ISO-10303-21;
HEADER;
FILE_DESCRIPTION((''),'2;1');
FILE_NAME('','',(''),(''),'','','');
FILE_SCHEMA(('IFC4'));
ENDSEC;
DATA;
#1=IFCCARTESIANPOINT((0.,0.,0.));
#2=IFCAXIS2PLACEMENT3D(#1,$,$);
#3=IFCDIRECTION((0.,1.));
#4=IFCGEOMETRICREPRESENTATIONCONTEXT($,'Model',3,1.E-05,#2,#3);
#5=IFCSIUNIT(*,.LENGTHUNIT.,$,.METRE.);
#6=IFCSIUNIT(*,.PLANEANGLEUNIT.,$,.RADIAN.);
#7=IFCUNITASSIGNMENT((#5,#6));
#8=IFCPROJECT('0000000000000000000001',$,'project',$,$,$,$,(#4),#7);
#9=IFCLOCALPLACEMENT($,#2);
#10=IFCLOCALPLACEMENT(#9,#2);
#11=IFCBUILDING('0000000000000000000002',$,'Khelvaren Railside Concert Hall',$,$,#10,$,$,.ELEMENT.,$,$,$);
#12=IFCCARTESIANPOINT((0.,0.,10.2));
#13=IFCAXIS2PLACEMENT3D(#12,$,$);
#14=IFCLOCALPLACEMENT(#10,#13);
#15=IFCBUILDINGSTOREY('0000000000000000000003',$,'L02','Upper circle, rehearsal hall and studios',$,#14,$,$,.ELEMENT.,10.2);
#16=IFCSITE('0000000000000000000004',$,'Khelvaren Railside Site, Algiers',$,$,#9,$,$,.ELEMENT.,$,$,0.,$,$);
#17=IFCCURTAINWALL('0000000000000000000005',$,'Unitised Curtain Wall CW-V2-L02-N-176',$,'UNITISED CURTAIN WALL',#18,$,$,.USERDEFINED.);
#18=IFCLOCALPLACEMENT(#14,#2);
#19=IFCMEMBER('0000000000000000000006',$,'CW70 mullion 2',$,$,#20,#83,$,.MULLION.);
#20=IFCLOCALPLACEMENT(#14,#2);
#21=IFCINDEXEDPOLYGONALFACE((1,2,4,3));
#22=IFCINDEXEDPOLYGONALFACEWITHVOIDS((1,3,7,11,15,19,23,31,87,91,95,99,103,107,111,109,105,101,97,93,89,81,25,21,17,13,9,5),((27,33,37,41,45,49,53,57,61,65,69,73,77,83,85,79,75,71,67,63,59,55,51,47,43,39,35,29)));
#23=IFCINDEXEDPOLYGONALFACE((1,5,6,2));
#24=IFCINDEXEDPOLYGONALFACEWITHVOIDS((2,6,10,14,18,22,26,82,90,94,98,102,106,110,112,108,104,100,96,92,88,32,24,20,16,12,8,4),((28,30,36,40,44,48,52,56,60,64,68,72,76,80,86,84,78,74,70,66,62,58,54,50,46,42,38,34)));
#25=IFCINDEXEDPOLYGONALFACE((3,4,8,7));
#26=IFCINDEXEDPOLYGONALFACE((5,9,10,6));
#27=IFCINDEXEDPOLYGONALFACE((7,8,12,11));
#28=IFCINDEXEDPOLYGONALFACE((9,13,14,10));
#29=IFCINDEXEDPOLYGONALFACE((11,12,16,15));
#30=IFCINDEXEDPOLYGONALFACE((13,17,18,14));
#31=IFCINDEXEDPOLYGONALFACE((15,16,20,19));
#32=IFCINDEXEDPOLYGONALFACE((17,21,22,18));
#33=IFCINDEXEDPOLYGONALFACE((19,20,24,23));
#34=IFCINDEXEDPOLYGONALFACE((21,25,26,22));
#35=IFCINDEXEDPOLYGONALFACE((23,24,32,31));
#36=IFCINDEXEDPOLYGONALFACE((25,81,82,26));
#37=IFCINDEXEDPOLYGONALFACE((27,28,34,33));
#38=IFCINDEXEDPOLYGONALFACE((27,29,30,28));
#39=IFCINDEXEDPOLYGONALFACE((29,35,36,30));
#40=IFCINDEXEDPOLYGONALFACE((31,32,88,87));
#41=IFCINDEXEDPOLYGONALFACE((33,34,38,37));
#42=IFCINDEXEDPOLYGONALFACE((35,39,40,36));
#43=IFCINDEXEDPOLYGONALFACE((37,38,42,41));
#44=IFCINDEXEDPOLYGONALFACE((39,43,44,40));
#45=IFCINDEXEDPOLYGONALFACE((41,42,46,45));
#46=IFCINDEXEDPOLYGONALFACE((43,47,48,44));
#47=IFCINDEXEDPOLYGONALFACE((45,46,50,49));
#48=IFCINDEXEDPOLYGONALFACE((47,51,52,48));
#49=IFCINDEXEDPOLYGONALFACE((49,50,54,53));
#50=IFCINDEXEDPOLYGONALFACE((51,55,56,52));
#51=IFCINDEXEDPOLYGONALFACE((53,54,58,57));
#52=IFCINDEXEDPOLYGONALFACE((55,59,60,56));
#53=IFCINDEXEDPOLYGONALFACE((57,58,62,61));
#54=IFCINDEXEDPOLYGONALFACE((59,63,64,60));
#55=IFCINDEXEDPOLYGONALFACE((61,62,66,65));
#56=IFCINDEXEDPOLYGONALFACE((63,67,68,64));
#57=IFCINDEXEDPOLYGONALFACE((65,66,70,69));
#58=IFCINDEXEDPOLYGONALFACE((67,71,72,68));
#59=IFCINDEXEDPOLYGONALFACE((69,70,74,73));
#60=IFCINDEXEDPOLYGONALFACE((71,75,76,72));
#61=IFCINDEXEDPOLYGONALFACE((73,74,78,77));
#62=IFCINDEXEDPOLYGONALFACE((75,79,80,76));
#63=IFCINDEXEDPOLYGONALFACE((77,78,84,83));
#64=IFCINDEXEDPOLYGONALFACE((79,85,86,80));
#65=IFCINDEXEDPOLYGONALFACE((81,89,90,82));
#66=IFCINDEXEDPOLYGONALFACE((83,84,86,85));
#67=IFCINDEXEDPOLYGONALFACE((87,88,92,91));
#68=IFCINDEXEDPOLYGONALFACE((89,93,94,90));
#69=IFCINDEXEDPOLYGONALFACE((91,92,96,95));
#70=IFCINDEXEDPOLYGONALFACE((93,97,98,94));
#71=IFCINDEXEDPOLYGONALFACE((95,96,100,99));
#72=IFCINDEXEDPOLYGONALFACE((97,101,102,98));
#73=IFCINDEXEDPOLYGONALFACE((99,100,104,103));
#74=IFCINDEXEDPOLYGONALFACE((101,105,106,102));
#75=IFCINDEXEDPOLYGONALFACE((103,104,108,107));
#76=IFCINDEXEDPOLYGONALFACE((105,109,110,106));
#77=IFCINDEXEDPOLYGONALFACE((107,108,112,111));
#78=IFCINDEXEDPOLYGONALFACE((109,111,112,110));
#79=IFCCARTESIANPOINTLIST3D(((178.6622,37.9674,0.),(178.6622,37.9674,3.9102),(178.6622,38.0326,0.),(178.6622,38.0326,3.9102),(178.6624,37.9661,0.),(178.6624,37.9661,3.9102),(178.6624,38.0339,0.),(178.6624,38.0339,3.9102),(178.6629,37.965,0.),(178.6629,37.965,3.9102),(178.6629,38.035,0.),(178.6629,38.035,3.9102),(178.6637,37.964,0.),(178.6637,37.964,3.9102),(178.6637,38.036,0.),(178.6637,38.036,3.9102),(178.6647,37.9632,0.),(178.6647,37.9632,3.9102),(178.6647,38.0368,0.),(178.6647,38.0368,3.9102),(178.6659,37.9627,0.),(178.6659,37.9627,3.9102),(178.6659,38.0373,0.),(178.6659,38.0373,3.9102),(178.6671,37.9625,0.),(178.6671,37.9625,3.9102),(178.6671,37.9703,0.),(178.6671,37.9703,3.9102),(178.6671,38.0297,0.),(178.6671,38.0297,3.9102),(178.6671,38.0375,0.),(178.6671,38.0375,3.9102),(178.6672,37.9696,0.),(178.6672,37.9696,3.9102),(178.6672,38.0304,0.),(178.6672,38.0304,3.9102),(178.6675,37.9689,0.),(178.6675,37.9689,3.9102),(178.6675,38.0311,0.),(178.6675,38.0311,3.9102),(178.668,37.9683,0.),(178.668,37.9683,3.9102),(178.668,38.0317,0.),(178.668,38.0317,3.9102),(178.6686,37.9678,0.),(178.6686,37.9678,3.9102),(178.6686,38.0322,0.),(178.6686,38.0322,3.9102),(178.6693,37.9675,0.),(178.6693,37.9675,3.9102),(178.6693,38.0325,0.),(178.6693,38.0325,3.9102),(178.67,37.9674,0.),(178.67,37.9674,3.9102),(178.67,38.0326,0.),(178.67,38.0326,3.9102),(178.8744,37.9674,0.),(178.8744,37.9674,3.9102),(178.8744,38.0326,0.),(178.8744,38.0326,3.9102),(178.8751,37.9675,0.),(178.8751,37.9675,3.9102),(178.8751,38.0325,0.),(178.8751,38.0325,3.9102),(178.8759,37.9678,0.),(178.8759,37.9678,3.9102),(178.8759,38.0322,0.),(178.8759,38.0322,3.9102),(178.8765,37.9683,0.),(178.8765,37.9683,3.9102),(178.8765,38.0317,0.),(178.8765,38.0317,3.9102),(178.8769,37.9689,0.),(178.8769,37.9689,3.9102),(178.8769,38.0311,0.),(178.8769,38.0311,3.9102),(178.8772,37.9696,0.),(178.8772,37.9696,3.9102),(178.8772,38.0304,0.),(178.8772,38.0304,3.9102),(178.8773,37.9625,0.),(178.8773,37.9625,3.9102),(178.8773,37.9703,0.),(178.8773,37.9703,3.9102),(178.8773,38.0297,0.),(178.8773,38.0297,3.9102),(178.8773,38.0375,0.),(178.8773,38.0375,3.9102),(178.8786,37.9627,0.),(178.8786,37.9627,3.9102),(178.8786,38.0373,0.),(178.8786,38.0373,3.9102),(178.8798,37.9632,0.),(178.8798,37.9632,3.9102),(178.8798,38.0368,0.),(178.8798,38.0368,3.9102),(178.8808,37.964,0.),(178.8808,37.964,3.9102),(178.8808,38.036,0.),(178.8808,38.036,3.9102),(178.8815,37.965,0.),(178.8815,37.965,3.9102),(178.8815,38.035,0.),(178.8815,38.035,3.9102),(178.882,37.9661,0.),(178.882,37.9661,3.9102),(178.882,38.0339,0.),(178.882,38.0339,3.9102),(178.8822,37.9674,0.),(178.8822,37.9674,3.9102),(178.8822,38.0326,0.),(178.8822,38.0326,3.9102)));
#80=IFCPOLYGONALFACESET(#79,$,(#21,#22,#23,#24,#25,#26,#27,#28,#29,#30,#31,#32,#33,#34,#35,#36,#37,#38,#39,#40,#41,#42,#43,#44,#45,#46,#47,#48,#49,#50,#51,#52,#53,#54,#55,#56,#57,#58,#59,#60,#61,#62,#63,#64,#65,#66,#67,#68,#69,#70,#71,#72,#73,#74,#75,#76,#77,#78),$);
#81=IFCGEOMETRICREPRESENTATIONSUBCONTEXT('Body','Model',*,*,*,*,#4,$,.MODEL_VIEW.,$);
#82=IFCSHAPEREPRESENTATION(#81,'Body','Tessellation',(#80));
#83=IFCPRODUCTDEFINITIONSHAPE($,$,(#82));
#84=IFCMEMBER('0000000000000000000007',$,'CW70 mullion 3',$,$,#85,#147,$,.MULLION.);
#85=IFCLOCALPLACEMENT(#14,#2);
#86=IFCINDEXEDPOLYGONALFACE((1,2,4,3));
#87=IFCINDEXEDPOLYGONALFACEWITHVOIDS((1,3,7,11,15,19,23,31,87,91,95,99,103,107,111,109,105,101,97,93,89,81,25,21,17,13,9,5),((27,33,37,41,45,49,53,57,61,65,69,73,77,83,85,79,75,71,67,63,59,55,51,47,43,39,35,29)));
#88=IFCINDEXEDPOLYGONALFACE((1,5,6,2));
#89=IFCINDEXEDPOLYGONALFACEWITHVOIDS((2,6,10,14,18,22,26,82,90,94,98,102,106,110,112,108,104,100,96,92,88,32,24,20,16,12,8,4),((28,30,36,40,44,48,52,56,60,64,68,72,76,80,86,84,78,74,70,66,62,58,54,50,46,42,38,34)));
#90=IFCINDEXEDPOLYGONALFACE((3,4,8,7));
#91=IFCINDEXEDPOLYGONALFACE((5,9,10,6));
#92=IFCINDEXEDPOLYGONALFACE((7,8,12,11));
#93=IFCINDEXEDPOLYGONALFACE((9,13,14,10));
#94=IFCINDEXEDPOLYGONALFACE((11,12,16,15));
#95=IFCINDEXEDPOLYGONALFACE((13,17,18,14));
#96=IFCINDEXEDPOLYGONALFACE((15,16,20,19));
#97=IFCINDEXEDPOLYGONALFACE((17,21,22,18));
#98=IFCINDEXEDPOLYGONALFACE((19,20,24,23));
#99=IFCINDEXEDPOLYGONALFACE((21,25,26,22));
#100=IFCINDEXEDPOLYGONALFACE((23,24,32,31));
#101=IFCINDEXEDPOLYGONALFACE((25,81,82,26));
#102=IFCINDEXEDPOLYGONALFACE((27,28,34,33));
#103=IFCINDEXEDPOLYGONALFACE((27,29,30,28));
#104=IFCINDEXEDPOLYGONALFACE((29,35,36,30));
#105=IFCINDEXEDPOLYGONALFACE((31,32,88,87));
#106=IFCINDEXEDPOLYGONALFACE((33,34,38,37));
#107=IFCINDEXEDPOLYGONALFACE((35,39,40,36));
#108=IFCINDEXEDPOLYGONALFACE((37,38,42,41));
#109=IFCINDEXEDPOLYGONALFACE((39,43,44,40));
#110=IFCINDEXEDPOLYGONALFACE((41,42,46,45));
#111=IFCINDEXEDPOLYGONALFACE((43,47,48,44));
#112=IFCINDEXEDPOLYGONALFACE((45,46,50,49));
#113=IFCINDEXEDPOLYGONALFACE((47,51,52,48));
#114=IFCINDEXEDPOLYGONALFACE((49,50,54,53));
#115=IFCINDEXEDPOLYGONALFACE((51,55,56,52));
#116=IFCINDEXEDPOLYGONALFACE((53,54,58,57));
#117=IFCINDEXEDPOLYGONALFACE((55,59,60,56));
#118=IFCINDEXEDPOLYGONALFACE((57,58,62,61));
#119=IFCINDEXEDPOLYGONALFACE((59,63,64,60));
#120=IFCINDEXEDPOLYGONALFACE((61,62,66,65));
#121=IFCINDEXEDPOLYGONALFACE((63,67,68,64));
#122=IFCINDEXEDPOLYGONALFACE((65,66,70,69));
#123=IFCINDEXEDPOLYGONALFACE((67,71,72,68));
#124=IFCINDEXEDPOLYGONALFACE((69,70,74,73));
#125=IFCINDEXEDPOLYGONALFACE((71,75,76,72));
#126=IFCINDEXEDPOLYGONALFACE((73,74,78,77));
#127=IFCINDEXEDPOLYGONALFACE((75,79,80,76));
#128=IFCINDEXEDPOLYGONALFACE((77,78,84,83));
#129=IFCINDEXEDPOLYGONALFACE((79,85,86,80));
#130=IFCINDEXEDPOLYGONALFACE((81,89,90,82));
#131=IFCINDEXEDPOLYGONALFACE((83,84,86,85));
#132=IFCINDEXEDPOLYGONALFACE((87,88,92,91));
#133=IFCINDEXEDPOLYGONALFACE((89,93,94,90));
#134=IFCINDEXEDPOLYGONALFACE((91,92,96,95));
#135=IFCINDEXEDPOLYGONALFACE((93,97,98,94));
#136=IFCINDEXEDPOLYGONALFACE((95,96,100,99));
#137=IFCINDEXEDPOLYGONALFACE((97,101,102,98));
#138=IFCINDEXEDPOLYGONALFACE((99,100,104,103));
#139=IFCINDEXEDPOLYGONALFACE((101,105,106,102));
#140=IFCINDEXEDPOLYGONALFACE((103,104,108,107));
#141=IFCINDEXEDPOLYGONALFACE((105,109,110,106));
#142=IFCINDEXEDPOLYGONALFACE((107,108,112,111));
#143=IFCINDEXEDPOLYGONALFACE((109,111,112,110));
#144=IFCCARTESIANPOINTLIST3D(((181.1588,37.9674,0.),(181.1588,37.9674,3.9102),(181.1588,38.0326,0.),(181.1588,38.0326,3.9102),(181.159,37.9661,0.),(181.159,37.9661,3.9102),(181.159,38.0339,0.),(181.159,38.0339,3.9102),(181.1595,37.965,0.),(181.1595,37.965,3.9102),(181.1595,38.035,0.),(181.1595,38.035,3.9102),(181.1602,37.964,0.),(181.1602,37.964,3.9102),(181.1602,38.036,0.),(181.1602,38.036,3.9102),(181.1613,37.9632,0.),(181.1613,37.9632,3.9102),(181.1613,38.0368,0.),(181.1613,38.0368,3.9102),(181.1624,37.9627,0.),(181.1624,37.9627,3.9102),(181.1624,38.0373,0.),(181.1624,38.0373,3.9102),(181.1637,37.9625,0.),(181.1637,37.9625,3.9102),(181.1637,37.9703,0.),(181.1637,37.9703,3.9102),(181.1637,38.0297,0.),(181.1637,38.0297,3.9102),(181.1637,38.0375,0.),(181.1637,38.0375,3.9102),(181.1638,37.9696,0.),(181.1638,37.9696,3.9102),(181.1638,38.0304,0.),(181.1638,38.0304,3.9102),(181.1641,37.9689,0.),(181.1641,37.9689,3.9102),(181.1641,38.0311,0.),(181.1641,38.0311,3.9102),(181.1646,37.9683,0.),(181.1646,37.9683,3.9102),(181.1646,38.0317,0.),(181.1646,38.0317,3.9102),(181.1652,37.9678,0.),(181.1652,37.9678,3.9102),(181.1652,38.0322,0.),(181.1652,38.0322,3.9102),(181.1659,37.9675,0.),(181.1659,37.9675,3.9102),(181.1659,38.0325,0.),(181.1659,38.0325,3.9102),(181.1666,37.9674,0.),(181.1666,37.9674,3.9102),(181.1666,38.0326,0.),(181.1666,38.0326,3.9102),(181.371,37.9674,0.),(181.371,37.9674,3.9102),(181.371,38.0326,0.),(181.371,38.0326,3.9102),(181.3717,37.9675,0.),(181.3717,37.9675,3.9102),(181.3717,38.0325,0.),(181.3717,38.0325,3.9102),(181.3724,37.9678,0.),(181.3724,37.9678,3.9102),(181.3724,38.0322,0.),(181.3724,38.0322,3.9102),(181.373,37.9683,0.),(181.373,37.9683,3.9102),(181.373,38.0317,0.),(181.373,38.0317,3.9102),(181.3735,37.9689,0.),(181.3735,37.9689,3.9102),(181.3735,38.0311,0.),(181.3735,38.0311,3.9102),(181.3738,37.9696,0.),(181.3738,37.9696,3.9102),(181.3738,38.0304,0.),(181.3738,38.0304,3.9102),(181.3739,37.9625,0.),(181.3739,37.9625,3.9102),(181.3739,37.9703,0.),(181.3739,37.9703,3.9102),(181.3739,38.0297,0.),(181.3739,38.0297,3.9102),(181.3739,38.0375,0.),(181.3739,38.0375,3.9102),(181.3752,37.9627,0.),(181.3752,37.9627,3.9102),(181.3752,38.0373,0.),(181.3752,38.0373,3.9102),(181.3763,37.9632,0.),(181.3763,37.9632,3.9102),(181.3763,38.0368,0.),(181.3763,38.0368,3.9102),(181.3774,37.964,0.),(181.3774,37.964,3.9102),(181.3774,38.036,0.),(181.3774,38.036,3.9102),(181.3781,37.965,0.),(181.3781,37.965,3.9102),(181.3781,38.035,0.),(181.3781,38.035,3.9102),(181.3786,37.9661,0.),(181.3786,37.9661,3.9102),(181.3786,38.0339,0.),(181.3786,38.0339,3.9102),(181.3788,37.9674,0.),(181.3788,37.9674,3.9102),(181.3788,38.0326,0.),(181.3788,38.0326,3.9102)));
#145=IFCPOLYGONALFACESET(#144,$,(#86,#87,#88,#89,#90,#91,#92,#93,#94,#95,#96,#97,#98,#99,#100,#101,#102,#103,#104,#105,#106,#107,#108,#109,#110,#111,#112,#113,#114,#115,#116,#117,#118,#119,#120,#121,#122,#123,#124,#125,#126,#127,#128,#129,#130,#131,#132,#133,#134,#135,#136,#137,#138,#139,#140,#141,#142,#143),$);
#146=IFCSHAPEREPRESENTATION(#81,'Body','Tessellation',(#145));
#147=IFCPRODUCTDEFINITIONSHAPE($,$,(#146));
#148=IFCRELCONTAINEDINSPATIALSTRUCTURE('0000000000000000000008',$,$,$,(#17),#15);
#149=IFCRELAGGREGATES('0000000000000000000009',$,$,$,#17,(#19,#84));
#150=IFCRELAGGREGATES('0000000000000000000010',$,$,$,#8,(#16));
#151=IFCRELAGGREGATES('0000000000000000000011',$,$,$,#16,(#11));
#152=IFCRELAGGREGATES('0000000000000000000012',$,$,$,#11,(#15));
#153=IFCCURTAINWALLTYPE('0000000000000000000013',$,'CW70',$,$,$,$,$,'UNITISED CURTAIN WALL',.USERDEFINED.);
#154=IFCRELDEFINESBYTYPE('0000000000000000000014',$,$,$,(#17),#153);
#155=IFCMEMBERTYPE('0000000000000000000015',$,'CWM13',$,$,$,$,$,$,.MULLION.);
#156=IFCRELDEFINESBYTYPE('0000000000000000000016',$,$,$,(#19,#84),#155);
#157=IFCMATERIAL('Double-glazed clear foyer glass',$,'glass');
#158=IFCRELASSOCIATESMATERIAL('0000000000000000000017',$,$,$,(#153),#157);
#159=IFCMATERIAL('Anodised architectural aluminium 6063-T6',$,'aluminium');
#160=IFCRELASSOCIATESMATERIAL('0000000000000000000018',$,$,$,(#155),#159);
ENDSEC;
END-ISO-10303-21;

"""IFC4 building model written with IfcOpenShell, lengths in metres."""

from ifc_helpers import new_model, si_unit, direction, frame, origin, origin_2d, place, context, subcontext, project, spatial, hollow_rectangle, extrude, material, material_profile, profile_set, type_object, element, aggregate, save


model = new_model("IFC4")

# Units and contexts
model_context = context("Model", 3, precision=1e-05, world=origin(), true_north=direction((0.0, 1.0)))
body_context = subcontext(model_context, "Body", "Model", "MODEL_VIEW")
ifc_project = project(units=[si_unit("LENGTHUNIT", "METRE"), si_unit("PLANEANGLEUNIT", "RADIAN")], contexts=[model_context])

# Site, building, storey
site_placement = place(None, origin())
site = spatial("IfcSite", under=ifc_project, at=site_placement, Name="Khelvaren Railside Site, Algiers", CompositionType="ELEMENT", RefElevation=0.0)
building_placement = place(site_placement, origin())
building = spatial("IfcBuilding", under=site, at=building_placement, Name="Khelvaren Railside Concert Hall", CompositionType="ELEMENT")
storey_placement = place(building_placement, frame((0.0, 0.0, 10.2)))
storey = spatial("IfcBuildingStorey", under=building, at=storey_placement, Name="L02", Description="Upper circle, rehearsal hall and studios", CompositionType="ELEMENT", Elevation=10.2)

# Curtain wall, members
ifc_material_1 = material(Name="Double-glazed clear foyer glass", Category="glass")
curtain_wall_type_1 = type_object("IfcCurtainWallType", Name="CW70", ElementType="UNITISED CURTAIN WALL", PredefinedType="USERDEFINED", material=ifc_material_1)
curtain_wall_1_placement = place(storey_placement, origin())
curtain_wall_1 = element("IfcCurtainWall", 1, at=curtain_wall_1_placement, inside=storey, type_object=curtain_wall_type_1, Name="Unitised Curtain Wall CW-V2-L02-N-176", ObjectType="UNITISED CURTAIN WALL", PredefinedType="USERDEFINED")
ifc_material_2 = material(Name="Anodised architectural aluminium 6063-T6", Category="aluminium")
ifc_material_profile_1 = material_profile(ifc_material_2, hollow_rectangle(XDim=0.075, YDim=0.22, WallThickness=0.0049, InnerFilletRadius=0.0029, OuterFilletRadius=0.0049, at=origin_2d()), Name="CWM 75x220x5")
ifc_profile_set_1 = profile_set([ifc_material_profile_1], Name="Anodised architectural aluminium 6063-T6")
member_type_1 = type_object("IfcMemberType", Name="CWM13", PredefinedType="MULLION", material=ifc_profile_set_1)
member_1_placement = place(storey_placement, frame((178.7722, 38.0, 0.0), z_axis=(0.0, 0.0, 1.0), x_axis=(0.0, 1.0, 0.0)))
member_1 = element("IfcMember", 2, at=member_1_placement, type_object=member_type_1, Name="CW70 mullion 2", PredefinedType="MULLION", context=body_context, shape_type="SweptSolid", body=[
    extrude(hollow_rectangle(XDim=0.075, YDim=0.22, WallThickness=0.0049, InnerFilletRadius=0.0029, OuterFilletRadius=0.0049, at=origin_2d()), origin(), (0.0, 0.0, 1.0), 3.9102),
])
member_2_placement = place(storey_placement, frame((181.2688, 38.0, 0.0), z_axis=(0.0, 0.0, 1.0), x_axis=(0.0, 1.0, 0.0)))
member_2 = element("IfcMember", 3, at=member_2_placement, type_object=member_type_1, Name="CW70 mullion 3", PredefinedType="MULLION", context=body_context, shape_type="SweptSolid", body=[
    extrude(hollow_rectangle(XDim=0.075, YDim=0.22, WallThickness=0.0049, InnerFilletRadius=0.0029, OuterFilletRadius=0.0049, at=origin_2d()), origin(), (0.0, 0.0, 1.0), 3.9102),
])

aggregate(curtain_wall_1, [member_1, member_2])

save(model, "model.ifc")
